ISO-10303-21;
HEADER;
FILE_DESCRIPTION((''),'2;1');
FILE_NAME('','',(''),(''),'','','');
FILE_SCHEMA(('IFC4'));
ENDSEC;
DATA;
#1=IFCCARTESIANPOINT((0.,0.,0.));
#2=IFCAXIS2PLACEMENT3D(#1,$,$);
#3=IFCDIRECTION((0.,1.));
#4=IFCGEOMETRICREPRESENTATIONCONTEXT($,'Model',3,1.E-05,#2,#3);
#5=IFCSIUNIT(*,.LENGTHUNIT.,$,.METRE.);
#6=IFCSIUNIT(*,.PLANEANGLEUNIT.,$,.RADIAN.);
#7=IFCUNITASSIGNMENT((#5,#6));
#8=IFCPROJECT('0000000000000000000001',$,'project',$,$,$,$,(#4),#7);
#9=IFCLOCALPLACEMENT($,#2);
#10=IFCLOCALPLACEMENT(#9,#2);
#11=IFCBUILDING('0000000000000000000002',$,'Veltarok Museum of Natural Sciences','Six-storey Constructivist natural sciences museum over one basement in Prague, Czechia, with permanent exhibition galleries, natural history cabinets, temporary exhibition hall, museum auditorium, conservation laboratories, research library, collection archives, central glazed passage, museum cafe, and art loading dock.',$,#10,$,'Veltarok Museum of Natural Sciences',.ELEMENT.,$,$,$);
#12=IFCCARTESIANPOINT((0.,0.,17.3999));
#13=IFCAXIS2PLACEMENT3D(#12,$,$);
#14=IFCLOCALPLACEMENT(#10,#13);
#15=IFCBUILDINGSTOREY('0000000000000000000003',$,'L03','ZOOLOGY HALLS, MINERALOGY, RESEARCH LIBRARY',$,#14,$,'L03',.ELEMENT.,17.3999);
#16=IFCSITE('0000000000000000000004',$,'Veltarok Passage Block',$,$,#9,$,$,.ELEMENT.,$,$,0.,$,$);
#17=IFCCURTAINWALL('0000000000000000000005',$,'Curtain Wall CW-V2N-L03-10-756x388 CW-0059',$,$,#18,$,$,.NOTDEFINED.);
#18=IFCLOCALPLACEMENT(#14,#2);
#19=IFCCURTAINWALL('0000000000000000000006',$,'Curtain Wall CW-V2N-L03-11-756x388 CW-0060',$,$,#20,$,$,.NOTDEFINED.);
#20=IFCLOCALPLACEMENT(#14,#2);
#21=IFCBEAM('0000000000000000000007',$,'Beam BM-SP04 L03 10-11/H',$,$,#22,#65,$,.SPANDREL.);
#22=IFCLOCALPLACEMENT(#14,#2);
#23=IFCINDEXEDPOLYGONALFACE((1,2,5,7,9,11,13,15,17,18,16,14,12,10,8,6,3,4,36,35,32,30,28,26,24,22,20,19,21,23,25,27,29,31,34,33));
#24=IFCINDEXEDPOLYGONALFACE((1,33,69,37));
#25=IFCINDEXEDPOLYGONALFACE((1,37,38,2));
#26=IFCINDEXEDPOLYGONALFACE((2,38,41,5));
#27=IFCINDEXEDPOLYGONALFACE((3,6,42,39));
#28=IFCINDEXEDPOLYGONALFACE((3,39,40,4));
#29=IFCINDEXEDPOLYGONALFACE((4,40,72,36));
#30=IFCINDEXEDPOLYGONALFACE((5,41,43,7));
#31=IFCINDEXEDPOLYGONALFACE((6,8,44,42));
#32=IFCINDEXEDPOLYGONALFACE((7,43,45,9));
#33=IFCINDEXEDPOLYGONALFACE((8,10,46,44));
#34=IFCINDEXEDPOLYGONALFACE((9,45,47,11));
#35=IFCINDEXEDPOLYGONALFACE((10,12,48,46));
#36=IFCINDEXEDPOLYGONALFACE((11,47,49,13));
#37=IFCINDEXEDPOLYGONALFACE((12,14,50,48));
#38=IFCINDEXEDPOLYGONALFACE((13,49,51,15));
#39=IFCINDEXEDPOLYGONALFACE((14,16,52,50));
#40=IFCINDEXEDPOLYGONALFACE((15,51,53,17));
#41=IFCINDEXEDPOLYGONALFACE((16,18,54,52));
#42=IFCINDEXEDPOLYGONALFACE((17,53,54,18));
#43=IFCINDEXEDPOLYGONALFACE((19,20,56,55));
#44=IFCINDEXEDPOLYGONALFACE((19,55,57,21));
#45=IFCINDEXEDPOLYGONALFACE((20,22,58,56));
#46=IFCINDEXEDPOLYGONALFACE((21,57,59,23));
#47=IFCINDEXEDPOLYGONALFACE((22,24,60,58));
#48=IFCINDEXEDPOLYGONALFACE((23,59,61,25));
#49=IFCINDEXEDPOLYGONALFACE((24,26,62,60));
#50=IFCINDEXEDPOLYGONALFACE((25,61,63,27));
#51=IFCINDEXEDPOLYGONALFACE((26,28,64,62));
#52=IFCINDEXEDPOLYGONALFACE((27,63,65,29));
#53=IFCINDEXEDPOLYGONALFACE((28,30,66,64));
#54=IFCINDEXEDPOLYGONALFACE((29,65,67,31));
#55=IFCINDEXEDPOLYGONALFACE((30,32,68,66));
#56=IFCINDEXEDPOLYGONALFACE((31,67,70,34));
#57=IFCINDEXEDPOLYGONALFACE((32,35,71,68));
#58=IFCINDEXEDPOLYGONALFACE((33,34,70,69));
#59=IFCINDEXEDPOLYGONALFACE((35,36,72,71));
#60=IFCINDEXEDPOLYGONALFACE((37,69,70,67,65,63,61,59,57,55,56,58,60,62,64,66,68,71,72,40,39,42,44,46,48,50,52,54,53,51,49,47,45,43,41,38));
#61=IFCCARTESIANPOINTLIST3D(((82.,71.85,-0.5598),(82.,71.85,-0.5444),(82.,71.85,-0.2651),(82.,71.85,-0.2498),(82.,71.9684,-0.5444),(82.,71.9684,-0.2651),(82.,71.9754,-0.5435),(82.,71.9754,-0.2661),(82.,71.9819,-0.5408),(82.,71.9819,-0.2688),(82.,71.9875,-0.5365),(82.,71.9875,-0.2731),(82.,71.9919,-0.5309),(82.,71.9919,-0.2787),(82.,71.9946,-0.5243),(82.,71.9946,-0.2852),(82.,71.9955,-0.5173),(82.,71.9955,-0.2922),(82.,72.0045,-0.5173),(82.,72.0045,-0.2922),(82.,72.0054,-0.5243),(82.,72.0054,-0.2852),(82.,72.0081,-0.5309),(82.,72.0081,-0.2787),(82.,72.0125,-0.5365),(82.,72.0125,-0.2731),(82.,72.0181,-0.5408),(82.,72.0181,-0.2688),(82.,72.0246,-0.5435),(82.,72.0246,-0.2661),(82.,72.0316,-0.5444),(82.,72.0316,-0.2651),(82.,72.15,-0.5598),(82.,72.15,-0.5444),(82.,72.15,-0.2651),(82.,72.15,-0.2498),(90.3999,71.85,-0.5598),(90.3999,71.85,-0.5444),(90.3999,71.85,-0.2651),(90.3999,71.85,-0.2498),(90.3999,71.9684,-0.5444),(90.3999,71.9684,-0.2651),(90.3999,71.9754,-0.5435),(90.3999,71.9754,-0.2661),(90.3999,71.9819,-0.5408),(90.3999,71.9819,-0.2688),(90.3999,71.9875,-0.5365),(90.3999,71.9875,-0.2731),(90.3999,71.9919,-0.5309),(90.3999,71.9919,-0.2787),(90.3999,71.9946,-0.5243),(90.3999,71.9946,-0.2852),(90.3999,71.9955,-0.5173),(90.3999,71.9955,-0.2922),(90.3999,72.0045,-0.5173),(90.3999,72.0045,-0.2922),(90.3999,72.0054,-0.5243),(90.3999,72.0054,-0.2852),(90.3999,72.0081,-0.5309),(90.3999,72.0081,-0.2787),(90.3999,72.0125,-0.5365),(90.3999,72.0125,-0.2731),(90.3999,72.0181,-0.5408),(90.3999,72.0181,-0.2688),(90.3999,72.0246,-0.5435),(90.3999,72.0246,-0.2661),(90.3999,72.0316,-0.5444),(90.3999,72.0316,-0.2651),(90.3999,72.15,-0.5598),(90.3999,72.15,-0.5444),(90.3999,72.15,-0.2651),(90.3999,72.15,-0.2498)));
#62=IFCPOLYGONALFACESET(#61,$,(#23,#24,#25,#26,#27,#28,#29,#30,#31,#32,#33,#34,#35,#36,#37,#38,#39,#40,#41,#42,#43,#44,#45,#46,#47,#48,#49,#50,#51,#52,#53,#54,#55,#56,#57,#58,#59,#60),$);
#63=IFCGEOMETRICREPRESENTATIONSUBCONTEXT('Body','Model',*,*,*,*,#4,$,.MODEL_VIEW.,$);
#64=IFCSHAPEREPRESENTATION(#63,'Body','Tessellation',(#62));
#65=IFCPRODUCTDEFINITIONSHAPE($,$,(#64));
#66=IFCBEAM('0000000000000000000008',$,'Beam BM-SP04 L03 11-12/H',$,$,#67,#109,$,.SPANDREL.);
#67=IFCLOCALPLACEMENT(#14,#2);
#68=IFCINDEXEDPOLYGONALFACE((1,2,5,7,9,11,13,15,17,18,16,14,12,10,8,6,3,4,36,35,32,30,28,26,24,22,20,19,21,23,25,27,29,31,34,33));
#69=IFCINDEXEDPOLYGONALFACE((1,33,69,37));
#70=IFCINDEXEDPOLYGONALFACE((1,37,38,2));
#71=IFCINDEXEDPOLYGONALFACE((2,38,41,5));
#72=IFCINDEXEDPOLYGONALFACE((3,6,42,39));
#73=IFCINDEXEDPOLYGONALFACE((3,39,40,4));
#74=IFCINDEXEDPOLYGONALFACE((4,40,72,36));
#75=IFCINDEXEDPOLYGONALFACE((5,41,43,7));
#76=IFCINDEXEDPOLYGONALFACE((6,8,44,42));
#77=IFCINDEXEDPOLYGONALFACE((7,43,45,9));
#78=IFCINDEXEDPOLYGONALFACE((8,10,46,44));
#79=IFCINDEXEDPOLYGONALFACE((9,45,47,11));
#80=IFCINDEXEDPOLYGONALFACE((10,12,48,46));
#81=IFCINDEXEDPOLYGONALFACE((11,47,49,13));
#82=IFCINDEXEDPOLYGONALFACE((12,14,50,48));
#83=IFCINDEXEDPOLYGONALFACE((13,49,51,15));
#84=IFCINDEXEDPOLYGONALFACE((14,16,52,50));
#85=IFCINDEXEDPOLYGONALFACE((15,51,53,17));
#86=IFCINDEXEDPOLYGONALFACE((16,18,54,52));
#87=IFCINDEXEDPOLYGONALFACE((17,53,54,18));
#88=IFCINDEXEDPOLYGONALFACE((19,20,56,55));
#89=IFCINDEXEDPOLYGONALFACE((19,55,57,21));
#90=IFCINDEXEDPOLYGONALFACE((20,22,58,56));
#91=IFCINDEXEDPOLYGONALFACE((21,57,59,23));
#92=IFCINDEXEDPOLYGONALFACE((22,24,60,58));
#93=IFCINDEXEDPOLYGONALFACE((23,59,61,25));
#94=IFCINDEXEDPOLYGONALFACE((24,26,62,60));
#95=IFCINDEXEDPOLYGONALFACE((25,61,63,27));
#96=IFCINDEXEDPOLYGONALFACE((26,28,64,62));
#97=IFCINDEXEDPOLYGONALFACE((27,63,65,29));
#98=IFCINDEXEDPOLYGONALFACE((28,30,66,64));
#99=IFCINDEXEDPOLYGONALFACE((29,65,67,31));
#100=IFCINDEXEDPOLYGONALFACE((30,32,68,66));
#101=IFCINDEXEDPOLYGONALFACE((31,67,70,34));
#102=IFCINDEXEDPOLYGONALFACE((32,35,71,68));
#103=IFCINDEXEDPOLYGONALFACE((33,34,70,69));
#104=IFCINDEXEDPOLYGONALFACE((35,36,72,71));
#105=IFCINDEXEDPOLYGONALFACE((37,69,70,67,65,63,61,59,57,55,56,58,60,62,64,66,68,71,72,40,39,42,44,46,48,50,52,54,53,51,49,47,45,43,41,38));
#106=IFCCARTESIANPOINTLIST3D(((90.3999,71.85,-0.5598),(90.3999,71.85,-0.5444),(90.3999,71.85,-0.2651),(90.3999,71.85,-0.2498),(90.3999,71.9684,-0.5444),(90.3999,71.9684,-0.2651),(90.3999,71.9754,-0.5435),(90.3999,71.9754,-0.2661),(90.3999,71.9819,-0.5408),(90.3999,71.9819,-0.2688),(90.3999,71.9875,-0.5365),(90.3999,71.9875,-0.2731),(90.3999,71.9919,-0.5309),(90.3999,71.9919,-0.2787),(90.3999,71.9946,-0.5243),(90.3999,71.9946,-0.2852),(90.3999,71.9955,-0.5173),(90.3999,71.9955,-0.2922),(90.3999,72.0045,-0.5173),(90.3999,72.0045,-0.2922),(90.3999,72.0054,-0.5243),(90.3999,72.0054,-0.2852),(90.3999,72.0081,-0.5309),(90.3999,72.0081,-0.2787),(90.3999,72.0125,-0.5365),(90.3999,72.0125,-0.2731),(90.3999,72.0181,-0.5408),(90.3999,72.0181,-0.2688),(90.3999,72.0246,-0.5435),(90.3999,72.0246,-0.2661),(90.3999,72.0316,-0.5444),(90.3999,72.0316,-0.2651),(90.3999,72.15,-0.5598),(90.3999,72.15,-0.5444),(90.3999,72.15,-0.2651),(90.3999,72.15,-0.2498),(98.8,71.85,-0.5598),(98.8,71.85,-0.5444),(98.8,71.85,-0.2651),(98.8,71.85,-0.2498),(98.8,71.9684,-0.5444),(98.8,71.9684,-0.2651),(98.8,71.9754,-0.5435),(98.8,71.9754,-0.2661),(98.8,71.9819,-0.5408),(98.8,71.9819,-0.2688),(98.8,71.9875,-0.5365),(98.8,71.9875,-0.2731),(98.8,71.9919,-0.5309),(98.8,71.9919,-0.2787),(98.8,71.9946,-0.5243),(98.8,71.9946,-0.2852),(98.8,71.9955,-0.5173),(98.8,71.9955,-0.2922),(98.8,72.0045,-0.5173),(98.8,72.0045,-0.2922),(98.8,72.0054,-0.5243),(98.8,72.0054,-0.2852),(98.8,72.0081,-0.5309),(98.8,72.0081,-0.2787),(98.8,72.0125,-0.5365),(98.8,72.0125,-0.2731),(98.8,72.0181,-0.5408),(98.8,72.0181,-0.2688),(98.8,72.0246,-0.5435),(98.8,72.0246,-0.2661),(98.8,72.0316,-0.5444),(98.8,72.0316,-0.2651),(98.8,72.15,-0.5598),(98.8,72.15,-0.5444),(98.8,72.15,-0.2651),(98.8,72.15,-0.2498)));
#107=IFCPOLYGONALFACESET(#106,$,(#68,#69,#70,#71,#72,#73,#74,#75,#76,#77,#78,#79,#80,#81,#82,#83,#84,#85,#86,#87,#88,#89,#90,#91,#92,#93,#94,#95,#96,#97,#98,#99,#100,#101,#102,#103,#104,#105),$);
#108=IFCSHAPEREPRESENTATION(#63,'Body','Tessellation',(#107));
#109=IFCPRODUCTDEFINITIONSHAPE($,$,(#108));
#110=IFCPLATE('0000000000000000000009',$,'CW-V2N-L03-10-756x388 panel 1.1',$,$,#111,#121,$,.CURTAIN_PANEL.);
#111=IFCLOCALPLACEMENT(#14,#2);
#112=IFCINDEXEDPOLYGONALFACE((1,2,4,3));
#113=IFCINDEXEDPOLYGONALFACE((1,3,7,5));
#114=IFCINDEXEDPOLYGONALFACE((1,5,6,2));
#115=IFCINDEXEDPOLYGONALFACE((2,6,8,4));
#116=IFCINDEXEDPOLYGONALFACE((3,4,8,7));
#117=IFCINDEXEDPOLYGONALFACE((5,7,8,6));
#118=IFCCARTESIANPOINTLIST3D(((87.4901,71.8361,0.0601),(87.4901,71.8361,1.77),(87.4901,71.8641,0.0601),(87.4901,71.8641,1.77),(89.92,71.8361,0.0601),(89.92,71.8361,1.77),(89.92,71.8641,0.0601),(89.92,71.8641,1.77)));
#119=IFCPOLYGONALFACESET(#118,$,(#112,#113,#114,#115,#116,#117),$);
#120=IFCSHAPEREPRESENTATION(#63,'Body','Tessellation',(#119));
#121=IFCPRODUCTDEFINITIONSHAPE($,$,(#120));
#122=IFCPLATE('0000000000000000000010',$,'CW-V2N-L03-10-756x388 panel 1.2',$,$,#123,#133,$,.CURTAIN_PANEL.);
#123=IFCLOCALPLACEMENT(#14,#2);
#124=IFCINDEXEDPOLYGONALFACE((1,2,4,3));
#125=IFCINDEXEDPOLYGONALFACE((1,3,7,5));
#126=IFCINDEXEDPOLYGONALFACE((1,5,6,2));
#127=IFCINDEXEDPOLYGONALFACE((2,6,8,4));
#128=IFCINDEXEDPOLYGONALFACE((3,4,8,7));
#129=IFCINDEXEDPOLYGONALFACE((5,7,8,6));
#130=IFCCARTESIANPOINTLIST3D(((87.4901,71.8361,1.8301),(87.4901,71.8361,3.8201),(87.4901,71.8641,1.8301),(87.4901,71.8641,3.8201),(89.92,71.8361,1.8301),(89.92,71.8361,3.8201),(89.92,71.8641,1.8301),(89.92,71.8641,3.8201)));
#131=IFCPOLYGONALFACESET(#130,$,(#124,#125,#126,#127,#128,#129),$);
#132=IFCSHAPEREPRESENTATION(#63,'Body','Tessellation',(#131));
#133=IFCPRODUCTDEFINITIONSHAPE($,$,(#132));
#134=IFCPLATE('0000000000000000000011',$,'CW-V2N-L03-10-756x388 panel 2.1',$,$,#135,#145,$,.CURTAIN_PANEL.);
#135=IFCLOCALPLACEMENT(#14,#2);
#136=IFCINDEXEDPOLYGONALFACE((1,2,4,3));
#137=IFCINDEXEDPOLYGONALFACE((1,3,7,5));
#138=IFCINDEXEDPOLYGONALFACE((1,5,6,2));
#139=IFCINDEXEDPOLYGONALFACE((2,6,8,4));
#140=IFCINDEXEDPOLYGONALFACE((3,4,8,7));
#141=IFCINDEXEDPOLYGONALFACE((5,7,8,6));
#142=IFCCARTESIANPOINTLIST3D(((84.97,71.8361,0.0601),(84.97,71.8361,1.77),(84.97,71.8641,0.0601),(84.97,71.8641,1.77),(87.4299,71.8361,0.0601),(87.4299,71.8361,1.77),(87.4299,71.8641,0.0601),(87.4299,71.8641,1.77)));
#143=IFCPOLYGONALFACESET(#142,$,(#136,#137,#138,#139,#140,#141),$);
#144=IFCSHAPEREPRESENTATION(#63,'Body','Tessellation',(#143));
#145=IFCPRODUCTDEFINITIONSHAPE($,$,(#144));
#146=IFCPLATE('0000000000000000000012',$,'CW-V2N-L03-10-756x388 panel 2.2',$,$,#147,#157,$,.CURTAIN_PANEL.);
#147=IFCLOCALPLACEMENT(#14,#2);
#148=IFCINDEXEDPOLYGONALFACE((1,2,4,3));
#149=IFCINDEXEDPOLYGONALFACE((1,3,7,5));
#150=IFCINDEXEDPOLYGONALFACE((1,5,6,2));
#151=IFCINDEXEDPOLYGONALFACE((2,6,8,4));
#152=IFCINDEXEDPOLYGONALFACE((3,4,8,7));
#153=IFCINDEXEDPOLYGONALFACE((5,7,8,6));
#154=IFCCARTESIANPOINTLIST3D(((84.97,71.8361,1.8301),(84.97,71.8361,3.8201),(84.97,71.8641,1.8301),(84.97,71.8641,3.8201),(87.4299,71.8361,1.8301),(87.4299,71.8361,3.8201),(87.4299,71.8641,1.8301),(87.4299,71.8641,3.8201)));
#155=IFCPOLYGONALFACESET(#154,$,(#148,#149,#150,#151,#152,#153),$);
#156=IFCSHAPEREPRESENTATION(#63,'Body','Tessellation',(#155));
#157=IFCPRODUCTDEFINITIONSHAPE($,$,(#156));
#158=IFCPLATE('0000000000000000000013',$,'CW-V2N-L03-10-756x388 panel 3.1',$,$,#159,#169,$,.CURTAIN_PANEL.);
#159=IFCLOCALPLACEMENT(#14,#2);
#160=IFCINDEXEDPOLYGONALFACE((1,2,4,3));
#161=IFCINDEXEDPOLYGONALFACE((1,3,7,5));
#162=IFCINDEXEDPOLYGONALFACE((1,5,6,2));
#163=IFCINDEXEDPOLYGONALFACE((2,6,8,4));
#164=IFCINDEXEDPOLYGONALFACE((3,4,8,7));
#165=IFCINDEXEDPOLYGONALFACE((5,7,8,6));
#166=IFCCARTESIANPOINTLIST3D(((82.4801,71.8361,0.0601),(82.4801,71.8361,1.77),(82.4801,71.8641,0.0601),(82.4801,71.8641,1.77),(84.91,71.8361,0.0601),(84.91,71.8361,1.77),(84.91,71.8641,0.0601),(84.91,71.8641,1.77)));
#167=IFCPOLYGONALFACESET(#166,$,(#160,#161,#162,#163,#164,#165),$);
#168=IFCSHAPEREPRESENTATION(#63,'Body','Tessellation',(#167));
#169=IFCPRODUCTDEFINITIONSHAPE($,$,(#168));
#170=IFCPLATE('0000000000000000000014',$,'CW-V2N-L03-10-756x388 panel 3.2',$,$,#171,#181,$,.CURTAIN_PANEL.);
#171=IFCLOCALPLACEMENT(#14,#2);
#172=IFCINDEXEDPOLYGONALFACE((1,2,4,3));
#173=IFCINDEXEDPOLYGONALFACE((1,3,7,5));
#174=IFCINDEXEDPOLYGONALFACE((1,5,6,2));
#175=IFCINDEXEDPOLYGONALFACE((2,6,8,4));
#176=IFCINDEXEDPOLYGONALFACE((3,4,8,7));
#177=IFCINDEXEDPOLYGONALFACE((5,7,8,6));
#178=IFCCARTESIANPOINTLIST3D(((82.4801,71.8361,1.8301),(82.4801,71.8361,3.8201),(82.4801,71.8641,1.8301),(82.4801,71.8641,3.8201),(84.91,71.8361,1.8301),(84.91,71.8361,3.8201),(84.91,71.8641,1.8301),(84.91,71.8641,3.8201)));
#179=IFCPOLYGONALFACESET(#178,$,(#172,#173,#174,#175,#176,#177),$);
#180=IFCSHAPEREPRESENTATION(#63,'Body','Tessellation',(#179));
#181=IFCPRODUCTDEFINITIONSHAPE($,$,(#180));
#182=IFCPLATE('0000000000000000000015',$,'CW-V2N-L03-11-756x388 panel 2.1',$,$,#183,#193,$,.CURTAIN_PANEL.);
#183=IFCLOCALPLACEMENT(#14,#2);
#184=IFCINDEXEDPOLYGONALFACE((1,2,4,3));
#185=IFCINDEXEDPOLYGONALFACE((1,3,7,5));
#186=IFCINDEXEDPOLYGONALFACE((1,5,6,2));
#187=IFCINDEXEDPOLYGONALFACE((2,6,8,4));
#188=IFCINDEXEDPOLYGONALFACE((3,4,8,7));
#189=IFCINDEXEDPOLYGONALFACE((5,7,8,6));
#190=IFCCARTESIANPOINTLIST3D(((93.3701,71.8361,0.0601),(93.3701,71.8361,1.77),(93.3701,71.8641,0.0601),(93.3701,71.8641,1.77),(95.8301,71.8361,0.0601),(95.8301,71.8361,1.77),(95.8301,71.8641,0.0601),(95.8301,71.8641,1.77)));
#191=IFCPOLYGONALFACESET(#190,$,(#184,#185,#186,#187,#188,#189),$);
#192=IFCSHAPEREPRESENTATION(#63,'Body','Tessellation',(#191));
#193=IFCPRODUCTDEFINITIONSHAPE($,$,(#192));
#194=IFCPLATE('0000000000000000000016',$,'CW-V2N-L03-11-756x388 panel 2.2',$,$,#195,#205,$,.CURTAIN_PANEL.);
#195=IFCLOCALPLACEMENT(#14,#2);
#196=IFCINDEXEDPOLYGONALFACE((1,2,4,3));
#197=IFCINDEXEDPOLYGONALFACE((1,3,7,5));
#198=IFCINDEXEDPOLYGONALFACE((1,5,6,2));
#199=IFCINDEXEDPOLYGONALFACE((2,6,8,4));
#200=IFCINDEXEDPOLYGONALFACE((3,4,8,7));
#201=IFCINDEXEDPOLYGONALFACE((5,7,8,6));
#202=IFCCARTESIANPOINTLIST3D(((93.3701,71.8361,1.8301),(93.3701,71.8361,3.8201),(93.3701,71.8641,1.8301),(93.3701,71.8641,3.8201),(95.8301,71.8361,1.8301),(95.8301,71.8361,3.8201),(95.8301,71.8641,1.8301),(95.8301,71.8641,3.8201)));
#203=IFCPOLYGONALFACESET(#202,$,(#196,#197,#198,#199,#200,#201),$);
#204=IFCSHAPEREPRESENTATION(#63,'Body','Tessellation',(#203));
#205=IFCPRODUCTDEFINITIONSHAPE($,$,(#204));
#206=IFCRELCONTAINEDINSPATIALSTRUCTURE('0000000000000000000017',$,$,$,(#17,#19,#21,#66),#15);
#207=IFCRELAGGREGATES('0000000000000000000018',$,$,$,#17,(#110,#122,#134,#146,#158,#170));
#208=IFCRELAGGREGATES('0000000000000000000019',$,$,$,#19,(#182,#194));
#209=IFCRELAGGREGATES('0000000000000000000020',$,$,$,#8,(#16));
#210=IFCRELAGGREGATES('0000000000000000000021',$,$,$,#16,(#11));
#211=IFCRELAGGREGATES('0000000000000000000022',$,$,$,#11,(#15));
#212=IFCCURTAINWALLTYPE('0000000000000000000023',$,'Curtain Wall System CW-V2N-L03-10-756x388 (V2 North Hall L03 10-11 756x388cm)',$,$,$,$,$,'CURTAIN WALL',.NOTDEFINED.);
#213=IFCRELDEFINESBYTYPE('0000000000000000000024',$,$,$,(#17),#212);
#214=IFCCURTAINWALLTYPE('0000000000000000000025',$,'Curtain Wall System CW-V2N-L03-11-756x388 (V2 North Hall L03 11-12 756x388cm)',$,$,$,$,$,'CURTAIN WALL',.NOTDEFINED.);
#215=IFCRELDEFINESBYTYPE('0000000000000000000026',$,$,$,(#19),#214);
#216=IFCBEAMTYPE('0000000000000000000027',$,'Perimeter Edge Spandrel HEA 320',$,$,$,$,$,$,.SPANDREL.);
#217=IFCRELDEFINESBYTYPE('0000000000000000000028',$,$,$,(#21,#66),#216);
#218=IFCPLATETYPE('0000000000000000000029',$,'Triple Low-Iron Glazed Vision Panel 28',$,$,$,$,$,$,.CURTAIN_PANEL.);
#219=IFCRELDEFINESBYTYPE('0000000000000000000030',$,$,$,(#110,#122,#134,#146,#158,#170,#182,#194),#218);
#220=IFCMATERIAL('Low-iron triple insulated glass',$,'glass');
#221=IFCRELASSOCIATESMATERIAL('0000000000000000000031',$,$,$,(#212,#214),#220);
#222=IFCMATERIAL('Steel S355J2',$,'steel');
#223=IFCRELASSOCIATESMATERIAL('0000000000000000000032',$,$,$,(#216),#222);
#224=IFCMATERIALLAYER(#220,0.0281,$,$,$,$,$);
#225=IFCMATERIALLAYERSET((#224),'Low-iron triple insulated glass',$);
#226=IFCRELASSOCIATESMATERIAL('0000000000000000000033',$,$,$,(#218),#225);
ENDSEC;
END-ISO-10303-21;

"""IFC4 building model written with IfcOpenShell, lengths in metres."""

from ifc_helpers import new_model, si_unit, direction, frame, origin, origin_2d, place, context, subcontext, project, spatial, rectangle, i_section, extrude, material, layer, layer_set, material_profile, profile_set, type_object, element, aggregate, save


model = new_model("IFC4")

# Units and contexts
model_context = context("Model", 3, precision=1e-05, world=origin(), true_north=direction((0.0, 1.0)))
body_context = subcontext(model_context, "Body", "Model", "MODEL_VIEW")
ifc_project = project(units=[si_unit("LENGTHUNIT", "METRE"), si_unit("PLANEANGLEUNIT", "RADIAN")], contexts=[model_context])

# Site, building, storey
site_placement = place(None, origin())
site = spatial("IfcSite", under=ifc_project, at=site_placement, Name="Veltarok Passage Block", CompositionType="ELEMENT", RefElevation=0.0)
building_placement = place(site_placement, origin())
building = spatial("IfcBuilding", under=site, at=building_placement, Name="Veltarok Museum of Natural Sciences", Description="Six-storey Constructivist natural sciences museum over one basement in Prague, Czechia, with permanent exhibition galleries, natural history cabinets, temporary exhibition hall, museum auditorium, conservation laboratories, research library, collection archives, central glazed passage, museum cafe, and art loading dock.", LongName="Veltarok Museum of Natural Sciences", CompositionType="ELEMENT")
storey_placement = place(building_placement, frame((0.0, 0.0, 17.3999)))
storey = spatial("IfcBuildingStorey", under=building, at=storey_placement, Name="L03", Description="ZOOLOGY HALLS, MINERALOGY, RESEARCH LIBRARY", LongName="L03", CompositionType="ELEMENT", Elevation=17.3999)

# Shared definitions
ifc_material_1 = material(Name="Steel S355J2", Category="steel")

# Curtain walls
ifc_material_2 = material(Name="Low-iron triple insulated glass", Category="glass")
curtain_wall_type_1 = type_object("IfcCurtainWallType", Name="Curtain Wall System CW-V2N-L03-10-756x388 (V2 North Hall L03 10-11 756x388cm)", ElementType="CURTAIN WALL", PredefinedType="NOTDEFINED", material=ifc_material_2)
curtain_wall_1_placement = place(storey_placement, origin())
curtain_wall_1 = element("IfcCurtainWall", 1, at=curtain_wall_1_placement, inside=storey, type_object=curtain_wall_type_1, Name="Curtain Wall CW-V2N-L03-10-756x388 CW-0059", PredefinedType="NOTDEFINED")
curtain_wall_type_2 = type_object("IfcCurtainWallType", Name="Curtain Wall System CW-V2N-L03-11-756x388 (V2 North Hall L03 11-12 756x388cm)", ElementType="CURTAIN WALL", PredefinedType="NOTDEFINED", material=ifc_material_2)
curtain_wall_2_placement = place(storey_placement, origin())
curtain_wall_2 = element("IfcCurtainWall", 2, at=curtain_wall_2_placement, inside=storey, type_object=curtain_wall_type_2, Name="Curtain Wall CW-V2N-L03-11-756x388 CW-0060", PredefinedType="NOTDEFINED")

# Beams
ifc_material_profile_1 = material_profile(ifc_material_1, i_section(OverallWidth=0.3, OverallDepth=0.3101, WebThickness=0.009, FlangeThickness=0.0154, FilletRadius=0.0271, at=origin_2d()), Name="HEA 320")
ifc_profile_set_1 = profile_set([ifc_material_profile_1], Name="Steel S355J2")
beam_type = type_object("IfcBeamType", Name="Perimeter Edge Spandrel HEA 320", PredefinedType="SPANDREL", material=ifc_profile_set_1)
beam_1_placement = place(storey_placement, frame((82.0, 72.0, -0.4048), z_axis=(1.0, 0.0, 0.0), x_axis=(0.0, 1.0, 0.0)))
element("IfcBeam", 3, at=beam_1_placement, inside=storey, type_object=beam_type, Name="Beam BM-SP04 L03 10-11/H", PredefinedType="SPANDREL", context=body_context, shape_type="SweptSolid", body=[
    extrude(i_section(OverallWidth=0.3, OverallDepth=0.3101, WebThickness=0.009, FlangeThickness=0.0154, FilletRadius=0.0271, at=origin_2d()), origin(), (0.0, 0.0, 1.0), 8.3999),
])
beam_2_placement = place(storey_placement, frame((90.3999, 72.0, -0.4048), z_axis=(1.0, 0.0, 0.0), x_axis=(0.0, 1.0, 0.0)))
element("IfcBeam", 4, at=beam_2_placement, inside=storey, type_object=beam_type, Name="Beam BM-SP04 L03 11-12/H", PredefinedType="SPANDREL", context=body_context, shape_type="SweptSolid", body=[
    extrude(i_section(OverallWidth=0.3, OverallDepth=0.3101, WebThickness=0.009, FlangeThickness=0.0154, FilletRadius=0.0271, at=origin_2d()), origin(), (0.0, 0.0, 1.0), 8.4001),
])

# Plates
ifc_layer = layer(ifc_material_2, 0.0281)
ifc_layer_set = layer_set([ifc_layer], Name="Low-iron triple insulated glass")
plate_type = type_object("IfcPlateType", Name="Triple Low-Iron Glazed Vision Panel 28", PredefinedType="CURTAIN_PANEL", material=ifc_layer_set)
plate_1_placement = place(storey_placement, frame((88.7051, 71.8501, 0.0601), z_axis=(0.0, 0.0, 1.0), x_axis=(-1.0, 0.0, 0.0)))
plate_1 = element("IfcPlate", 5, at=plate_1_placement, type_object=plate_type, Name="CW-V2N-L03-10-756x388 panel 1.1", PredefinedType="CURTAIN_PANEL", context=body_context, shape_type="SweptSolid", body=[
    extrude(rectangle(XDim=2.4299, YDim=0.0281, at=origin_2d()), origin(), (0.0, 0.0, 1.0), 1.71),
])
plate_2_placement = place(storey_placement, frame((88.7051, 71.8501, 1.8301), z_axis=(0.0, 0.0, 1.0), x_axis=(-1.0, 0.0, 0.0)))
plate_2 = element("IfcPlate", 6, at=plate_2_placement, type_object=plate_type, Name="CW-V2N-L03-10-756x388 panel 1.2", PredefinedType="CURTAIN_PANEL", context=body_context, shape_type="SweptSolid", body=[
    extrude(rectangle(XDim=2.4299, YDim=0.0281, at=origin_2d()), origin(), (0.0, 0.0, 1.0), 1.99),
])
plate_3_placement = place(storey_placement, frame((86.2, 71.8501, 0.0601), z_axis=(0.0, 0.0, 1.0), x_axis=(-1.0, 0.0, 0.0)))
plate_3 = element("IfcPlate", 7, at=plate_3_placement, type_object=plate_type, Name="CW-V2N-L03-10-756x388 panel 2.1", PredefinedType="CURTAIN_PANEL", context=body_context, shape_type="SweptSolid", body=[
    extrude(rectangle(XDim=2.46, YDim=0.0281, at=origin_2d()), origin(), (0.0, 0.0, 1.0), 1.71),
])
plate_4_placement = place(storey_placement, frame((86.2, 71.8501, 1.8301), z_axis=(0.0, 0.0, 1.0), x_axis=(-1.0, 0.0, 0.0)))
plate_4 = element("IfcPlate", 8, at=plate_4_placement, type_object=plate_type, Name="CW-V2N-L03-10-756x388 panel 2.2", PredefinedType="CURTAIN_PANEL", context=body_context, shape_type="SweptSolid", body=[
    extrude(rectangle(XDim=2.46, YDim=0.0281, at=origin_2d()), origin(), (0.0, 0.0, 1.0), 1.99),
])
plate_5_placement = place(storey_placement, frame((83.6951, 71.8501, 0.0601), z_axis=(0.0, 0.0, 1.0), x_axis=(-1.0, 0.0, 0.0)))
plate_5 = element("IfcPlate", 9, at=plate_5_placement, type_object=plate_type, Name="CW-V2N-L03-10-756x388 panel 3.1", PredefinedType="CURTAIN_PANEL", context=body_context, shape_type="SweptSolid", body=[
    extrude(rectangle(XDim=2.4299, YDim=0.0281, at=origin_2d()), origin(), (0.0, 0.0, 1.0), 1.71),
])
plate_6_placement = place(storey_placement, frame((83.6951, 71.8501, 1.8301), z_axis=(0.0, 0.0, 1.0), x_axis=(-1.0, 0.0, 0.0)))
plate_6 = element("IfcPlate", 10, at=plate_6_placement, type_object=plate_type, Name="CW-V2N-L03-10-756x388 panel 3.2", PredefinedType="CURTAIN_PANEL", context=body_context, shape_type="SweptSolid", body=[
    extrude(rectangle(XDim=2.4299, YDim=0.0281, at=origin_2d()), origin(), (0.0, 0.0, 1.0), 1.99),
])
aggregate(curtain_wall_1, [plate_1, plate_2, plate_3, plate_4, plate_5, plate_6])
plate_7_placement = place(storey_placement, frame((94.6001, 71.8501, 0.0601), z_axis=(0.0, 0.0, 1.0), x_axis=(-1.0, 0.0, 0.0)))
plate_7 = element("IfcPlate", 11, at=plate_7_placement, type_object=plate_type, Name="CW-V2N-L03-11-756x388 panel 2.1", PredefinedType="CURTAIN_PANEL", context=body_context, shape_type="SweptSolid", body=[
    extrude(rectangle(XDim=2.46, YDim=0.0281, at=origin_2d()), origin(), (0.0, 0.0, 1.0), 1.71),
])
plate_8_placement = place(storey_placement, frame((94.6001, 71.8501, 1.8301), z_axis=(0.0, 0.0, 1.0), x_axis=(-1.0, 0.0, 0.0)))
plate_8 = element("IfcPlate", 12, at=plate_8_placement, type_object=plate_type, Name="CW-V2N-L03-11-756x388 panel 2.2", PredefinedType="CURTAIN_PANEL", context=body_context, shape_type="SweptSolid", body=[
    extrude(rectangle(XDim=2.46, YDim=0.0281, at=origin_2d()), origin(), (0.0, 0.0, 1.0), 1.99),
])
aggregate(curtain_wall_2, [plate_7, plate_8])

save(model, "model.ifc")
